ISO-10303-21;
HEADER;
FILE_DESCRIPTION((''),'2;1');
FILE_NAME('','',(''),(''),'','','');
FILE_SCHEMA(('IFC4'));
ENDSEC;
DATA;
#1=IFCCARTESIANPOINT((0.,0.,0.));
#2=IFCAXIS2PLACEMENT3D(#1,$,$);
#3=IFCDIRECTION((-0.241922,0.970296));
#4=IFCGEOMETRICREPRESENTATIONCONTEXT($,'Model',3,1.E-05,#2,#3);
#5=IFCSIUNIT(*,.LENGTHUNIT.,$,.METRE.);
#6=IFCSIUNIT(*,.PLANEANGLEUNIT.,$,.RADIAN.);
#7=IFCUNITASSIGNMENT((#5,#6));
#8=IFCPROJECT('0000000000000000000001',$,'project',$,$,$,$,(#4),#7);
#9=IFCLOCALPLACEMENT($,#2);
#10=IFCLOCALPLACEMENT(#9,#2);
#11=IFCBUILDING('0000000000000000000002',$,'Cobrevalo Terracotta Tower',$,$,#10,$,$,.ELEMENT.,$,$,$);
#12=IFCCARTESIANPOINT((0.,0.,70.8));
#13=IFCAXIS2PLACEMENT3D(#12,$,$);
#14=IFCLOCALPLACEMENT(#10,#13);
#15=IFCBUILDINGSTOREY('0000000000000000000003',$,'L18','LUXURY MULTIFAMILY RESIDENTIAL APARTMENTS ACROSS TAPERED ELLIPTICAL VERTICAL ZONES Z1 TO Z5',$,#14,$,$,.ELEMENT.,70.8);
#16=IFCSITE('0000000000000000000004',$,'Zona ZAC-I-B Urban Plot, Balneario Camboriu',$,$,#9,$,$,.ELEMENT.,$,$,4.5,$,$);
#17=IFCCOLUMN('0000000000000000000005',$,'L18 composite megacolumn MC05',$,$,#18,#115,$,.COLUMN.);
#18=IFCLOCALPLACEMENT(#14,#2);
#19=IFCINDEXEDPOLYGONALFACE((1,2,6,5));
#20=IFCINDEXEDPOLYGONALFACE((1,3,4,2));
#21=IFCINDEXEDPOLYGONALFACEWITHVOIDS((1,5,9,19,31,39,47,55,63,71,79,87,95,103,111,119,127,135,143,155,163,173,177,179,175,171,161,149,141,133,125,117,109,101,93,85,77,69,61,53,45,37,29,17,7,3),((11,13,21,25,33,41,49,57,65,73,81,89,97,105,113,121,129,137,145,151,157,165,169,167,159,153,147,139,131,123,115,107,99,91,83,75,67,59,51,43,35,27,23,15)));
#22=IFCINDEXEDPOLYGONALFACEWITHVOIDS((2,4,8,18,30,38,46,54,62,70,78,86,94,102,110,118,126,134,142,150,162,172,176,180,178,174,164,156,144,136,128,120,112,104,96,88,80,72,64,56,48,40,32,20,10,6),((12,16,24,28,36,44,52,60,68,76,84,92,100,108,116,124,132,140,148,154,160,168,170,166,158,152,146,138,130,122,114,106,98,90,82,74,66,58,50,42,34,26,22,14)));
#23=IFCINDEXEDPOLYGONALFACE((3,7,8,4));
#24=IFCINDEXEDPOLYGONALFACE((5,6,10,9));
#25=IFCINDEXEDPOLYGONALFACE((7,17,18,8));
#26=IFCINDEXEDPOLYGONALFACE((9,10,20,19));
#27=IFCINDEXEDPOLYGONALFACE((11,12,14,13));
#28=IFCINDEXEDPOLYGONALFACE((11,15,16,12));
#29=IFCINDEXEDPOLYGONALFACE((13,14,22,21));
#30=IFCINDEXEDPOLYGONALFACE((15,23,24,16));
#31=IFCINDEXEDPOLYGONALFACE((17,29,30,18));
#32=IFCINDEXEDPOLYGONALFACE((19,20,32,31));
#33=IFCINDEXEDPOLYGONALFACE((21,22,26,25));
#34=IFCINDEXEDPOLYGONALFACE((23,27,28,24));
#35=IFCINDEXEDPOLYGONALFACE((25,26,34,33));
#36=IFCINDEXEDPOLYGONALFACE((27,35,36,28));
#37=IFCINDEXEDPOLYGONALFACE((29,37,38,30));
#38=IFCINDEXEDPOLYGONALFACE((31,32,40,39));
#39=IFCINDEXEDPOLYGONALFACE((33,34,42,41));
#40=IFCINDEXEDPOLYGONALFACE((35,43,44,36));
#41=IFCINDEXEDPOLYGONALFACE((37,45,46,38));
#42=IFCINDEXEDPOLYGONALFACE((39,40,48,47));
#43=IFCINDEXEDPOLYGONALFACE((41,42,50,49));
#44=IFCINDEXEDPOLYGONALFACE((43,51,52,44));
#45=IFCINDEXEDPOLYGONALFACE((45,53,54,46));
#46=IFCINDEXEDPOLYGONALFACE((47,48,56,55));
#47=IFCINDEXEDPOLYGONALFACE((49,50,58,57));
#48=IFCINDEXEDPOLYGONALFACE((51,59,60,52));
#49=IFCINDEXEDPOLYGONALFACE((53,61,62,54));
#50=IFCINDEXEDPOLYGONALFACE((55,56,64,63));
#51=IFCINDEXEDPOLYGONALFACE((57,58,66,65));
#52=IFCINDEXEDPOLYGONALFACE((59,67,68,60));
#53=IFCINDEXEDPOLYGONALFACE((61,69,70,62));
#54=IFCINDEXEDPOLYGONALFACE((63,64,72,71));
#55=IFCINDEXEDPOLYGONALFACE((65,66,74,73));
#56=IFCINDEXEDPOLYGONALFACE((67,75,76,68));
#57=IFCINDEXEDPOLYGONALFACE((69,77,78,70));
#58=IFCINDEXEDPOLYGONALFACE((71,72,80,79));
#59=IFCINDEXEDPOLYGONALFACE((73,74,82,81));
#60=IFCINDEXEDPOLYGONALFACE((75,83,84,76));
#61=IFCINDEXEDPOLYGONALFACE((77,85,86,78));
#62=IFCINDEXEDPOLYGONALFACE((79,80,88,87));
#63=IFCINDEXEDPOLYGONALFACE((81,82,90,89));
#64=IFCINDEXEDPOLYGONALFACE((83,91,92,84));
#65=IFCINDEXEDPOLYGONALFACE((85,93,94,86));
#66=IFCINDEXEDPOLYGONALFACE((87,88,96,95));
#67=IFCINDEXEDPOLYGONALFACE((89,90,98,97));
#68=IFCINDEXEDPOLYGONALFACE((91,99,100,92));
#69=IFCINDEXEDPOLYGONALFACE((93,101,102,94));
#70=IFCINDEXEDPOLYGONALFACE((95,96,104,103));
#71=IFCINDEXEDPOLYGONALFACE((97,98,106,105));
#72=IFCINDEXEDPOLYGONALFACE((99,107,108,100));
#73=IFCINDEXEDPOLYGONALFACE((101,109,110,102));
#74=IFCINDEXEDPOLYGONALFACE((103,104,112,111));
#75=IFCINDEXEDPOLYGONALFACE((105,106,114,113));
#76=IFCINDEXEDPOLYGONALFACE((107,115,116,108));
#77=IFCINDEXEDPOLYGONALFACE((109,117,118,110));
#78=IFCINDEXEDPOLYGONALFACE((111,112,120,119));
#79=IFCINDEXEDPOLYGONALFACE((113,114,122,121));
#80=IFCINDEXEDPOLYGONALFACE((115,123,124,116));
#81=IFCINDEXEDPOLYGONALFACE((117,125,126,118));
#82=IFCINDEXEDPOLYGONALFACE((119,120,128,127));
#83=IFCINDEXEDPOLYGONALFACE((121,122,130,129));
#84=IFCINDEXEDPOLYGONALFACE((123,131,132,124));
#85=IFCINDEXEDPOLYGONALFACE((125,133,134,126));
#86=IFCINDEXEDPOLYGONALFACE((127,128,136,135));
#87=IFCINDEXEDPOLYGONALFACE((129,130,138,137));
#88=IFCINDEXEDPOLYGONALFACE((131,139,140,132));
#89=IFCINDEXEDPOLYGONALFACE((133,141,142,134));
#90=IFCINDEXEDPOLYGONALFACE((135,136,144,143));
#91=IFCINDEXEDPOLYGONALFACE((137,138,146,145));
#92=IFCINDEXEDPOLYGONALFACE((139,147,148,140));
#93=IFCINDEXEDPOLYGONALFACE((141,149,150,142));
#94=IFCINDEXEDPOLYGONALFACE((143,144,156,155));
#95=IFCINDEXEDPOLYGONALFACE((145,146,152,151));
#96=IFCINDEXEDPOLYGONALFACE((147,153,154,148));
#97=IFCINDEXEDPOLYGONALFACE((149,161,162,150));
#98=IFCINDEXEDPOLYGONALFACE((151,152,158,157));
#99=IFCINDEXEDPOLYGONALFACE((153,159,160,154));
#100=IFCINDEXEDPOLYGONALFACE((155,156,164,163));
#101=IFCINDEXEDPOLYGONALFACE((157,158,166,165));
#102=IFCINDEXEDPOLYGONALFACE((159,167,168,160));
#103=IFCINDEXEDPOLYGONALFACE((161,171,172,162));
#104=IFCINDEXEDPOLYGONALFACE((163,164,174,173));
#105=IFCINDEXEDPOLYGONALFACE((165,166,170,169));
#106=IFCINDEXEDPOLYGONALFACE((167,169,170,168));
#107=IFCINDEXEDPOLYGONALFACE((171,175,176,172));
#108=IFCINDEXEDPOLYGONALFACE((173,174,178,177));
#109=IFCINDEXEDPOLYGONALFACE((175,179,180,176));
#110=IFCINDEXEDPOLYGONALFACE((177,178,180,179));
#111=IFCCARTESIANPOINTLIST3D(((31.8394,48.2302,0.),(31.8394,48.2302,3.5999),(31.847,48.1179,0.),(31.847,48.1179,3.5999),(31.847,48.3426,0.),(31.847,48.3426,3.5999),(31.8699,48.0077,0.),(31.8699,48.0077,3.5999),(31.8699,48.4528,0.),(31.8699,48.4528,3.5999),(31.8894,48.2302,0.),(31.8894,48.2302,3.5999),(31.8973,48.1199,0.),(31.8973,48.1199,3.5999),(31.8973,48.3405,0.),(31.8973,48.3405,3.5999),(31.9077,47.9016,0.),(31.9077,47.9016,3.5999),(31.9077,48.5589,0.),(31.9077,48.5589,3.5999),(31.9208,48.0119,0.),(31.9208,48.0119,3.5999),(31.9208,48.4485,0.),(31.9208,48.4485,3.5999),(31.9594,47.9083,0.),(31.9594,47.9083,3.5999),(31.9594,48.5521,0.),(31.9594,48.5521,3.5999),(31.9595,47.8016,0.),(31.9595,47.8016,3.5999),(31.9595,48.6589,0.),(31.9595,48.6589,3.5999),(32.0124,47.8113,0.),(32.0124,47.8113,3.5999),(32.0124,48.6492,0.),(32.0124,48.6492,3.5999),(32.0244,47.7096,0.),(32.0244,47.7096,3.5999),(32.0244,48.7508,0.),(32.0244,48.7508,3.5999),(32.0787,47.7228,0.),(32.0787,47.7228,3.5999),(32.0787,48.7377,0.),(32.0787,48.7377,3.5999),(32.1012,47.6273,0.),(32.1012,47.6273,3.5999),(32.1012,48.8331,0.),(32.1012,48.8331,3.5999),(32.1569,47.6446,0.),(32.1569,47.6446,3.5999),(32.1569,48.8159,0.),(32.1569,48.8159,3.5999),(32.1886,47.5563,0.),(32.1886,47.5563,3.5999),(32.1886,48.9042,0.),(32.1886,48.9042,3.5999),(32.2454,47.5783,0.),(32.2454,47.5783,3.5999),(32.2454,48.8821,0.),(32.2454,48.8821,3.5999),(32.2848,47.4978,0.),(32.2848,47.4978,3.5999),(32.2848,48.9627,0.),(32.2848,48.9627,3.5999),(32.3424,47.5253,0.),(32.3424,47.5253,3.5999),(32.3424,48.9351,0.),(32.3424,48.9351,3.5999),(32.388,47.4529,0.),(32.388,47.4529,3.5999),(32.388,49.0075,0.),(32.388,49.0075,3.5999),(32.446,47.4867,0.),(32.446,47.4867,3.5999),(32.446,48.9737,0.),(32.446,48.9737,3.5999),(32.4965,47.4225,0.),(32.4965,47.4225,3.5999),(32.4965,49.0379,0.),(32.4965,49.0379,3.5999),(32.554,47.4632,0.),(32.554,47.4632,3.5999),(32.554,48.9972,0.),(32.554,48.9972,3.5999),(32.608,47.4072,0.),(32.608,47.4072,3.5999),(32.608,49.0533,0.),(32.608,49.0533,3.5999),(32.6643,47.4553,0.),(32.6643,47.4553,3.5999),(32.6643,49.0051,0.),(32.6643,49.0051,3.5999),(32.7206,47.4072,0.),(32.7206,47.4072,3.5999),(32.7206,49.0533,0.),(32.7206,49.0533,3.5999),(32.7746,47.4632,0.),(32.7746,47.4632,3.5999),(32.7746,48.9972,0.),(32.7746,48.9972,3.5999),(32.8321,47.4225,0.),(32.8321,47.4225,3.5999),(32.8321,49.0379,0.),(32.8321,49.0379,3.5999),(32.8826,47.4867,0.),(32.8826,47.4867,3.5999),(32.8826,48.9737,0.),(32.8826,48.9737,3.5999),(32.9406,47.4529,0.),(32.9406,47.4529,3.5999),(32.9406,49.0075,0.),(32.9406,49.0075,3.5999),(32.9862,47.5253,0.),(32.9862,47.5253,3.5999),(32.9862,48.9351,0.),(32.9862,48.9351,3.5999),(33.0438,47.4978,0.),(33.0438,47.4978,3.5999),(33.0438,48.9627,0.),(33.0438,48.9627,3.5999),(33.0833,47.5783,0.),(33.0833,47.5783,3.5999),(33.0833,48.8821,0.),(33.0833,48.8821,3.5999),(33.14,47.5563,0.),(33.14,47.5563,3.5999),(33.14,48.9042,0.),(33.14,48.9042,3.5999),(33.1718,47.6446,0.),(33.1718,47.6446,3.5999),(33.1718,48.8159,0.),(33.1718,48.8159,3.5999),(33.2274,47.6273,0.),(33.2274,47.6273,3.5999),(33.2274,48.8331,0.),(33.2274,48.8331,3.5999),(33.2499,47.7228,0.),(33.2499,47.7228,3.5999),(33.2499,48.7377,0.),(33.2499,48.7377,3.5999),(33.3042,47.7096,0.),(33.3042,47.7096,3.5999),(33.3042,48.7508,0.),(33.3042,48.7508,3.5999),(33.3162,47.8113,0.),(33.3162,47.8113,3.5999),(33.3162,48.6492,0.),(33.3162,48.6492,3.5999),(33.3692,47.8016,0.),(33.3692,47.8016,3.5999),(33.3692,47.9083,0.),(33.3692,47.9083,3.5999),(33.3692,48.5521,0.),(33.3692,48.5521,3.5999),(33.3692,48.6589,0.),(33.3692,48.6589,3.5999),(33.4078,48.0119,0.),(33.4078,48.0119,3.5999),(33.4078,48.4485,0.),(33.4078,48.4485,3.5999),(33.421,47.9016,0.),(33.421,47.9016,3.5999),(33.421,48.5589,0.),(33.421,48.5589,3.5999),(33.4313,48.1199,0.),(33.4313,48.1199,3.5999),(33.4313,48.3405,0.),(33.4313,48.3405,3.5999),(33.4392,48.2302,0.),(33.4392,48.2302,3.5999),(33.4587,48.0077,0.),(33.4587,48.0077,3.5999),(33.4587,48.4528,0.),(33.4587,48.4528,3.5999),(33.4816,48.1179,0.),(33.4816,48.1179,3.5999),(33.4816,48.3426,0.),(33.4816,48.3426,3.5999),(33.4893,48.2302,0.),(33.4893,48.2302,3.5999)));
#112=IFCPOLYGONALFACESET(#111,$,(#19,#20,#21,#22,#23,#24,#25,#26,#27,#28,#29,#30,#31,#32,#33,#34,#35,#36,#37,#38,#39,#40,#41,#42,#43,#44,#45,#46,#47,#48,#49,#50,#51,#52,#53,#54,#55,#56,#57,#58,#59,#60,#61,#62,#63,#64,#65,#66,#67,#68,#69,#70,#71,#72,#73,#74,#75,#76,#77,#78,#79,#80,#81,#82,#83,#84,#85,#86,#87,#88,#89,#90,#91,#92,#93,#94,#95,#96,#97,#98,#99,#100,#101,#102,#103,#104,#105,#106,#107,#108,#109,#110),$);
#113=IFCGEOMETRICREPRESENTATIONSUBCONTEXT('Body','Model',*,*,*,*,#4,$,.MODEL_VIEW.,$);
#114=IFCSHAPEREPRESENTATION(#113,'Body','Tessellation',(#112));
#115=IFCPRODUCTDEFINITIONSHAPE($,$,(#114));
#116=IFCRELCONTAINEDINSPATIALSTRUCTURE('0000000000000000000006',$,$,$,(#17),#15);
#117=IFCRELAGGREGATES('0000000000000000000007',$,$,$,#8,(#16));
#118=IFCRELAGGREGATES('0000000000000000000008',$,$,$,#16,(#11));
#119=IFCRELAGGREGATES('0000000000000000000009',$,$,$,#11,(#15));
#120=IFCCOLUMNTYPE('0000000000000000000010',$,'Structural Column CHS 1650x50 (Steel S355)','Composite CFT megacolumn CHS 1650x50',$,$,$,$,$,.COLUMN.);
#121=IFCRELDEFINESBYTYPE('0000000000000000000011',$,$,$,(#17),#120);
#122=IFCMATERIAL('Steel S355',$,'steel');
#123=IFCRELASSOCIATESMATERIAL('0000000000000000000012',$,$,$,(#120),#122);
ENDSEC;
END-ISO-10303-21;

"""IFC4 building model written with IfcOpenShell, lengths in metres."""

from ifc_helpers import new_model, si_unit, direction, frame, origin, origin_2d, place, context, subcontext, project, spatial, hollow_circle, extrude, material, material_profile, profile_set, type_object, element, save


model = new_model("IFC4")

# Units and contexts
model_context = context("Model", 3, precision=1e-05, world=origin(), true_north=direction((-0.241922, 0.970296)))
body_context = subcontext(model_context, "Body", "Model", "MODEL_VIEW")
ifc_project = project(units=[si_unit("LENGTHUNIT", "METRE"), si_unit("PLANEANGLEUNIT", "RADIAN")], contexts=[model_context])

# Site, building, storey
site_placement = place(None, origin())
site = spatial("IfcSite", under=ifc_project, at=site_placement, Name="Zona ZAC-I-B Urban Plot, Balneario Camboriu", CompositionType="ELEMENT", RefElevation=4.5)
building_placement = place(site_placement, origin())
building = spatial("IfcBuilding", under=site, at=building_placement, Name="Cobrevalo Terracotta Tower", CompositionType="ELEMENT")
storey_placement = place(building_placement, frame((0.0, 0.0, 70.8)))
storey = spatial("IfcBuildingStorey", under=building, at=storey_placement, Name="L18", Description="LUXURY MULTIFAMILY RESIDENTIAL APARTMENTS ACROSS TAPERED ELLIPTICAL VERTICAL ZONES Z1 TO Z5", CompositionType="ELEMENT", Elevation=70.8)

# Column
ifc_material_1 = material(Name="Steel S355", Category="steel")
ifc_material_profile_1 = material_profile(ifc_material_1, hollow_circle(Radius=0.825, WallThickness=0.05, at=origin_2d()), Name="CHS 1650x50")
ifc_profile_set_1 = profile_set([ifc_material_profile_1], Name="Steel S355")
column_type = type_object("IfcColumnType", Name="Structural Column CHS 1650x50 (Steel S355)", Description="Composite CFT megacolumn CHS 1650x50", PredefinedType="COLUMN", material=ifc_profile_set_1)
for number, where, z_axis, x_axis, name in (
    (1, (32.6643, 48.2302, 0.0), (0.0, 0.0, 1.0), (1.0, 0.0, 0.0), "L18 composite megacolumn MC05"),
):
    element("IfcColumn", number, at=place(storey_placement, frame(where, z_axis=z_axis, x_axis=x_axis)), inside=storey, type_object=column_type, Name=name, PredefinedType="COLUMN", context=body_context, shape_type="SweptSolid", body=[
        extrude(hollow_circle(Radius=0.825, WallThickness=0.05, at=origin_2d()), origin(), (0.0, 0.0, 1.0), 3.5999),
    ])

save(model, "model.ifc")
